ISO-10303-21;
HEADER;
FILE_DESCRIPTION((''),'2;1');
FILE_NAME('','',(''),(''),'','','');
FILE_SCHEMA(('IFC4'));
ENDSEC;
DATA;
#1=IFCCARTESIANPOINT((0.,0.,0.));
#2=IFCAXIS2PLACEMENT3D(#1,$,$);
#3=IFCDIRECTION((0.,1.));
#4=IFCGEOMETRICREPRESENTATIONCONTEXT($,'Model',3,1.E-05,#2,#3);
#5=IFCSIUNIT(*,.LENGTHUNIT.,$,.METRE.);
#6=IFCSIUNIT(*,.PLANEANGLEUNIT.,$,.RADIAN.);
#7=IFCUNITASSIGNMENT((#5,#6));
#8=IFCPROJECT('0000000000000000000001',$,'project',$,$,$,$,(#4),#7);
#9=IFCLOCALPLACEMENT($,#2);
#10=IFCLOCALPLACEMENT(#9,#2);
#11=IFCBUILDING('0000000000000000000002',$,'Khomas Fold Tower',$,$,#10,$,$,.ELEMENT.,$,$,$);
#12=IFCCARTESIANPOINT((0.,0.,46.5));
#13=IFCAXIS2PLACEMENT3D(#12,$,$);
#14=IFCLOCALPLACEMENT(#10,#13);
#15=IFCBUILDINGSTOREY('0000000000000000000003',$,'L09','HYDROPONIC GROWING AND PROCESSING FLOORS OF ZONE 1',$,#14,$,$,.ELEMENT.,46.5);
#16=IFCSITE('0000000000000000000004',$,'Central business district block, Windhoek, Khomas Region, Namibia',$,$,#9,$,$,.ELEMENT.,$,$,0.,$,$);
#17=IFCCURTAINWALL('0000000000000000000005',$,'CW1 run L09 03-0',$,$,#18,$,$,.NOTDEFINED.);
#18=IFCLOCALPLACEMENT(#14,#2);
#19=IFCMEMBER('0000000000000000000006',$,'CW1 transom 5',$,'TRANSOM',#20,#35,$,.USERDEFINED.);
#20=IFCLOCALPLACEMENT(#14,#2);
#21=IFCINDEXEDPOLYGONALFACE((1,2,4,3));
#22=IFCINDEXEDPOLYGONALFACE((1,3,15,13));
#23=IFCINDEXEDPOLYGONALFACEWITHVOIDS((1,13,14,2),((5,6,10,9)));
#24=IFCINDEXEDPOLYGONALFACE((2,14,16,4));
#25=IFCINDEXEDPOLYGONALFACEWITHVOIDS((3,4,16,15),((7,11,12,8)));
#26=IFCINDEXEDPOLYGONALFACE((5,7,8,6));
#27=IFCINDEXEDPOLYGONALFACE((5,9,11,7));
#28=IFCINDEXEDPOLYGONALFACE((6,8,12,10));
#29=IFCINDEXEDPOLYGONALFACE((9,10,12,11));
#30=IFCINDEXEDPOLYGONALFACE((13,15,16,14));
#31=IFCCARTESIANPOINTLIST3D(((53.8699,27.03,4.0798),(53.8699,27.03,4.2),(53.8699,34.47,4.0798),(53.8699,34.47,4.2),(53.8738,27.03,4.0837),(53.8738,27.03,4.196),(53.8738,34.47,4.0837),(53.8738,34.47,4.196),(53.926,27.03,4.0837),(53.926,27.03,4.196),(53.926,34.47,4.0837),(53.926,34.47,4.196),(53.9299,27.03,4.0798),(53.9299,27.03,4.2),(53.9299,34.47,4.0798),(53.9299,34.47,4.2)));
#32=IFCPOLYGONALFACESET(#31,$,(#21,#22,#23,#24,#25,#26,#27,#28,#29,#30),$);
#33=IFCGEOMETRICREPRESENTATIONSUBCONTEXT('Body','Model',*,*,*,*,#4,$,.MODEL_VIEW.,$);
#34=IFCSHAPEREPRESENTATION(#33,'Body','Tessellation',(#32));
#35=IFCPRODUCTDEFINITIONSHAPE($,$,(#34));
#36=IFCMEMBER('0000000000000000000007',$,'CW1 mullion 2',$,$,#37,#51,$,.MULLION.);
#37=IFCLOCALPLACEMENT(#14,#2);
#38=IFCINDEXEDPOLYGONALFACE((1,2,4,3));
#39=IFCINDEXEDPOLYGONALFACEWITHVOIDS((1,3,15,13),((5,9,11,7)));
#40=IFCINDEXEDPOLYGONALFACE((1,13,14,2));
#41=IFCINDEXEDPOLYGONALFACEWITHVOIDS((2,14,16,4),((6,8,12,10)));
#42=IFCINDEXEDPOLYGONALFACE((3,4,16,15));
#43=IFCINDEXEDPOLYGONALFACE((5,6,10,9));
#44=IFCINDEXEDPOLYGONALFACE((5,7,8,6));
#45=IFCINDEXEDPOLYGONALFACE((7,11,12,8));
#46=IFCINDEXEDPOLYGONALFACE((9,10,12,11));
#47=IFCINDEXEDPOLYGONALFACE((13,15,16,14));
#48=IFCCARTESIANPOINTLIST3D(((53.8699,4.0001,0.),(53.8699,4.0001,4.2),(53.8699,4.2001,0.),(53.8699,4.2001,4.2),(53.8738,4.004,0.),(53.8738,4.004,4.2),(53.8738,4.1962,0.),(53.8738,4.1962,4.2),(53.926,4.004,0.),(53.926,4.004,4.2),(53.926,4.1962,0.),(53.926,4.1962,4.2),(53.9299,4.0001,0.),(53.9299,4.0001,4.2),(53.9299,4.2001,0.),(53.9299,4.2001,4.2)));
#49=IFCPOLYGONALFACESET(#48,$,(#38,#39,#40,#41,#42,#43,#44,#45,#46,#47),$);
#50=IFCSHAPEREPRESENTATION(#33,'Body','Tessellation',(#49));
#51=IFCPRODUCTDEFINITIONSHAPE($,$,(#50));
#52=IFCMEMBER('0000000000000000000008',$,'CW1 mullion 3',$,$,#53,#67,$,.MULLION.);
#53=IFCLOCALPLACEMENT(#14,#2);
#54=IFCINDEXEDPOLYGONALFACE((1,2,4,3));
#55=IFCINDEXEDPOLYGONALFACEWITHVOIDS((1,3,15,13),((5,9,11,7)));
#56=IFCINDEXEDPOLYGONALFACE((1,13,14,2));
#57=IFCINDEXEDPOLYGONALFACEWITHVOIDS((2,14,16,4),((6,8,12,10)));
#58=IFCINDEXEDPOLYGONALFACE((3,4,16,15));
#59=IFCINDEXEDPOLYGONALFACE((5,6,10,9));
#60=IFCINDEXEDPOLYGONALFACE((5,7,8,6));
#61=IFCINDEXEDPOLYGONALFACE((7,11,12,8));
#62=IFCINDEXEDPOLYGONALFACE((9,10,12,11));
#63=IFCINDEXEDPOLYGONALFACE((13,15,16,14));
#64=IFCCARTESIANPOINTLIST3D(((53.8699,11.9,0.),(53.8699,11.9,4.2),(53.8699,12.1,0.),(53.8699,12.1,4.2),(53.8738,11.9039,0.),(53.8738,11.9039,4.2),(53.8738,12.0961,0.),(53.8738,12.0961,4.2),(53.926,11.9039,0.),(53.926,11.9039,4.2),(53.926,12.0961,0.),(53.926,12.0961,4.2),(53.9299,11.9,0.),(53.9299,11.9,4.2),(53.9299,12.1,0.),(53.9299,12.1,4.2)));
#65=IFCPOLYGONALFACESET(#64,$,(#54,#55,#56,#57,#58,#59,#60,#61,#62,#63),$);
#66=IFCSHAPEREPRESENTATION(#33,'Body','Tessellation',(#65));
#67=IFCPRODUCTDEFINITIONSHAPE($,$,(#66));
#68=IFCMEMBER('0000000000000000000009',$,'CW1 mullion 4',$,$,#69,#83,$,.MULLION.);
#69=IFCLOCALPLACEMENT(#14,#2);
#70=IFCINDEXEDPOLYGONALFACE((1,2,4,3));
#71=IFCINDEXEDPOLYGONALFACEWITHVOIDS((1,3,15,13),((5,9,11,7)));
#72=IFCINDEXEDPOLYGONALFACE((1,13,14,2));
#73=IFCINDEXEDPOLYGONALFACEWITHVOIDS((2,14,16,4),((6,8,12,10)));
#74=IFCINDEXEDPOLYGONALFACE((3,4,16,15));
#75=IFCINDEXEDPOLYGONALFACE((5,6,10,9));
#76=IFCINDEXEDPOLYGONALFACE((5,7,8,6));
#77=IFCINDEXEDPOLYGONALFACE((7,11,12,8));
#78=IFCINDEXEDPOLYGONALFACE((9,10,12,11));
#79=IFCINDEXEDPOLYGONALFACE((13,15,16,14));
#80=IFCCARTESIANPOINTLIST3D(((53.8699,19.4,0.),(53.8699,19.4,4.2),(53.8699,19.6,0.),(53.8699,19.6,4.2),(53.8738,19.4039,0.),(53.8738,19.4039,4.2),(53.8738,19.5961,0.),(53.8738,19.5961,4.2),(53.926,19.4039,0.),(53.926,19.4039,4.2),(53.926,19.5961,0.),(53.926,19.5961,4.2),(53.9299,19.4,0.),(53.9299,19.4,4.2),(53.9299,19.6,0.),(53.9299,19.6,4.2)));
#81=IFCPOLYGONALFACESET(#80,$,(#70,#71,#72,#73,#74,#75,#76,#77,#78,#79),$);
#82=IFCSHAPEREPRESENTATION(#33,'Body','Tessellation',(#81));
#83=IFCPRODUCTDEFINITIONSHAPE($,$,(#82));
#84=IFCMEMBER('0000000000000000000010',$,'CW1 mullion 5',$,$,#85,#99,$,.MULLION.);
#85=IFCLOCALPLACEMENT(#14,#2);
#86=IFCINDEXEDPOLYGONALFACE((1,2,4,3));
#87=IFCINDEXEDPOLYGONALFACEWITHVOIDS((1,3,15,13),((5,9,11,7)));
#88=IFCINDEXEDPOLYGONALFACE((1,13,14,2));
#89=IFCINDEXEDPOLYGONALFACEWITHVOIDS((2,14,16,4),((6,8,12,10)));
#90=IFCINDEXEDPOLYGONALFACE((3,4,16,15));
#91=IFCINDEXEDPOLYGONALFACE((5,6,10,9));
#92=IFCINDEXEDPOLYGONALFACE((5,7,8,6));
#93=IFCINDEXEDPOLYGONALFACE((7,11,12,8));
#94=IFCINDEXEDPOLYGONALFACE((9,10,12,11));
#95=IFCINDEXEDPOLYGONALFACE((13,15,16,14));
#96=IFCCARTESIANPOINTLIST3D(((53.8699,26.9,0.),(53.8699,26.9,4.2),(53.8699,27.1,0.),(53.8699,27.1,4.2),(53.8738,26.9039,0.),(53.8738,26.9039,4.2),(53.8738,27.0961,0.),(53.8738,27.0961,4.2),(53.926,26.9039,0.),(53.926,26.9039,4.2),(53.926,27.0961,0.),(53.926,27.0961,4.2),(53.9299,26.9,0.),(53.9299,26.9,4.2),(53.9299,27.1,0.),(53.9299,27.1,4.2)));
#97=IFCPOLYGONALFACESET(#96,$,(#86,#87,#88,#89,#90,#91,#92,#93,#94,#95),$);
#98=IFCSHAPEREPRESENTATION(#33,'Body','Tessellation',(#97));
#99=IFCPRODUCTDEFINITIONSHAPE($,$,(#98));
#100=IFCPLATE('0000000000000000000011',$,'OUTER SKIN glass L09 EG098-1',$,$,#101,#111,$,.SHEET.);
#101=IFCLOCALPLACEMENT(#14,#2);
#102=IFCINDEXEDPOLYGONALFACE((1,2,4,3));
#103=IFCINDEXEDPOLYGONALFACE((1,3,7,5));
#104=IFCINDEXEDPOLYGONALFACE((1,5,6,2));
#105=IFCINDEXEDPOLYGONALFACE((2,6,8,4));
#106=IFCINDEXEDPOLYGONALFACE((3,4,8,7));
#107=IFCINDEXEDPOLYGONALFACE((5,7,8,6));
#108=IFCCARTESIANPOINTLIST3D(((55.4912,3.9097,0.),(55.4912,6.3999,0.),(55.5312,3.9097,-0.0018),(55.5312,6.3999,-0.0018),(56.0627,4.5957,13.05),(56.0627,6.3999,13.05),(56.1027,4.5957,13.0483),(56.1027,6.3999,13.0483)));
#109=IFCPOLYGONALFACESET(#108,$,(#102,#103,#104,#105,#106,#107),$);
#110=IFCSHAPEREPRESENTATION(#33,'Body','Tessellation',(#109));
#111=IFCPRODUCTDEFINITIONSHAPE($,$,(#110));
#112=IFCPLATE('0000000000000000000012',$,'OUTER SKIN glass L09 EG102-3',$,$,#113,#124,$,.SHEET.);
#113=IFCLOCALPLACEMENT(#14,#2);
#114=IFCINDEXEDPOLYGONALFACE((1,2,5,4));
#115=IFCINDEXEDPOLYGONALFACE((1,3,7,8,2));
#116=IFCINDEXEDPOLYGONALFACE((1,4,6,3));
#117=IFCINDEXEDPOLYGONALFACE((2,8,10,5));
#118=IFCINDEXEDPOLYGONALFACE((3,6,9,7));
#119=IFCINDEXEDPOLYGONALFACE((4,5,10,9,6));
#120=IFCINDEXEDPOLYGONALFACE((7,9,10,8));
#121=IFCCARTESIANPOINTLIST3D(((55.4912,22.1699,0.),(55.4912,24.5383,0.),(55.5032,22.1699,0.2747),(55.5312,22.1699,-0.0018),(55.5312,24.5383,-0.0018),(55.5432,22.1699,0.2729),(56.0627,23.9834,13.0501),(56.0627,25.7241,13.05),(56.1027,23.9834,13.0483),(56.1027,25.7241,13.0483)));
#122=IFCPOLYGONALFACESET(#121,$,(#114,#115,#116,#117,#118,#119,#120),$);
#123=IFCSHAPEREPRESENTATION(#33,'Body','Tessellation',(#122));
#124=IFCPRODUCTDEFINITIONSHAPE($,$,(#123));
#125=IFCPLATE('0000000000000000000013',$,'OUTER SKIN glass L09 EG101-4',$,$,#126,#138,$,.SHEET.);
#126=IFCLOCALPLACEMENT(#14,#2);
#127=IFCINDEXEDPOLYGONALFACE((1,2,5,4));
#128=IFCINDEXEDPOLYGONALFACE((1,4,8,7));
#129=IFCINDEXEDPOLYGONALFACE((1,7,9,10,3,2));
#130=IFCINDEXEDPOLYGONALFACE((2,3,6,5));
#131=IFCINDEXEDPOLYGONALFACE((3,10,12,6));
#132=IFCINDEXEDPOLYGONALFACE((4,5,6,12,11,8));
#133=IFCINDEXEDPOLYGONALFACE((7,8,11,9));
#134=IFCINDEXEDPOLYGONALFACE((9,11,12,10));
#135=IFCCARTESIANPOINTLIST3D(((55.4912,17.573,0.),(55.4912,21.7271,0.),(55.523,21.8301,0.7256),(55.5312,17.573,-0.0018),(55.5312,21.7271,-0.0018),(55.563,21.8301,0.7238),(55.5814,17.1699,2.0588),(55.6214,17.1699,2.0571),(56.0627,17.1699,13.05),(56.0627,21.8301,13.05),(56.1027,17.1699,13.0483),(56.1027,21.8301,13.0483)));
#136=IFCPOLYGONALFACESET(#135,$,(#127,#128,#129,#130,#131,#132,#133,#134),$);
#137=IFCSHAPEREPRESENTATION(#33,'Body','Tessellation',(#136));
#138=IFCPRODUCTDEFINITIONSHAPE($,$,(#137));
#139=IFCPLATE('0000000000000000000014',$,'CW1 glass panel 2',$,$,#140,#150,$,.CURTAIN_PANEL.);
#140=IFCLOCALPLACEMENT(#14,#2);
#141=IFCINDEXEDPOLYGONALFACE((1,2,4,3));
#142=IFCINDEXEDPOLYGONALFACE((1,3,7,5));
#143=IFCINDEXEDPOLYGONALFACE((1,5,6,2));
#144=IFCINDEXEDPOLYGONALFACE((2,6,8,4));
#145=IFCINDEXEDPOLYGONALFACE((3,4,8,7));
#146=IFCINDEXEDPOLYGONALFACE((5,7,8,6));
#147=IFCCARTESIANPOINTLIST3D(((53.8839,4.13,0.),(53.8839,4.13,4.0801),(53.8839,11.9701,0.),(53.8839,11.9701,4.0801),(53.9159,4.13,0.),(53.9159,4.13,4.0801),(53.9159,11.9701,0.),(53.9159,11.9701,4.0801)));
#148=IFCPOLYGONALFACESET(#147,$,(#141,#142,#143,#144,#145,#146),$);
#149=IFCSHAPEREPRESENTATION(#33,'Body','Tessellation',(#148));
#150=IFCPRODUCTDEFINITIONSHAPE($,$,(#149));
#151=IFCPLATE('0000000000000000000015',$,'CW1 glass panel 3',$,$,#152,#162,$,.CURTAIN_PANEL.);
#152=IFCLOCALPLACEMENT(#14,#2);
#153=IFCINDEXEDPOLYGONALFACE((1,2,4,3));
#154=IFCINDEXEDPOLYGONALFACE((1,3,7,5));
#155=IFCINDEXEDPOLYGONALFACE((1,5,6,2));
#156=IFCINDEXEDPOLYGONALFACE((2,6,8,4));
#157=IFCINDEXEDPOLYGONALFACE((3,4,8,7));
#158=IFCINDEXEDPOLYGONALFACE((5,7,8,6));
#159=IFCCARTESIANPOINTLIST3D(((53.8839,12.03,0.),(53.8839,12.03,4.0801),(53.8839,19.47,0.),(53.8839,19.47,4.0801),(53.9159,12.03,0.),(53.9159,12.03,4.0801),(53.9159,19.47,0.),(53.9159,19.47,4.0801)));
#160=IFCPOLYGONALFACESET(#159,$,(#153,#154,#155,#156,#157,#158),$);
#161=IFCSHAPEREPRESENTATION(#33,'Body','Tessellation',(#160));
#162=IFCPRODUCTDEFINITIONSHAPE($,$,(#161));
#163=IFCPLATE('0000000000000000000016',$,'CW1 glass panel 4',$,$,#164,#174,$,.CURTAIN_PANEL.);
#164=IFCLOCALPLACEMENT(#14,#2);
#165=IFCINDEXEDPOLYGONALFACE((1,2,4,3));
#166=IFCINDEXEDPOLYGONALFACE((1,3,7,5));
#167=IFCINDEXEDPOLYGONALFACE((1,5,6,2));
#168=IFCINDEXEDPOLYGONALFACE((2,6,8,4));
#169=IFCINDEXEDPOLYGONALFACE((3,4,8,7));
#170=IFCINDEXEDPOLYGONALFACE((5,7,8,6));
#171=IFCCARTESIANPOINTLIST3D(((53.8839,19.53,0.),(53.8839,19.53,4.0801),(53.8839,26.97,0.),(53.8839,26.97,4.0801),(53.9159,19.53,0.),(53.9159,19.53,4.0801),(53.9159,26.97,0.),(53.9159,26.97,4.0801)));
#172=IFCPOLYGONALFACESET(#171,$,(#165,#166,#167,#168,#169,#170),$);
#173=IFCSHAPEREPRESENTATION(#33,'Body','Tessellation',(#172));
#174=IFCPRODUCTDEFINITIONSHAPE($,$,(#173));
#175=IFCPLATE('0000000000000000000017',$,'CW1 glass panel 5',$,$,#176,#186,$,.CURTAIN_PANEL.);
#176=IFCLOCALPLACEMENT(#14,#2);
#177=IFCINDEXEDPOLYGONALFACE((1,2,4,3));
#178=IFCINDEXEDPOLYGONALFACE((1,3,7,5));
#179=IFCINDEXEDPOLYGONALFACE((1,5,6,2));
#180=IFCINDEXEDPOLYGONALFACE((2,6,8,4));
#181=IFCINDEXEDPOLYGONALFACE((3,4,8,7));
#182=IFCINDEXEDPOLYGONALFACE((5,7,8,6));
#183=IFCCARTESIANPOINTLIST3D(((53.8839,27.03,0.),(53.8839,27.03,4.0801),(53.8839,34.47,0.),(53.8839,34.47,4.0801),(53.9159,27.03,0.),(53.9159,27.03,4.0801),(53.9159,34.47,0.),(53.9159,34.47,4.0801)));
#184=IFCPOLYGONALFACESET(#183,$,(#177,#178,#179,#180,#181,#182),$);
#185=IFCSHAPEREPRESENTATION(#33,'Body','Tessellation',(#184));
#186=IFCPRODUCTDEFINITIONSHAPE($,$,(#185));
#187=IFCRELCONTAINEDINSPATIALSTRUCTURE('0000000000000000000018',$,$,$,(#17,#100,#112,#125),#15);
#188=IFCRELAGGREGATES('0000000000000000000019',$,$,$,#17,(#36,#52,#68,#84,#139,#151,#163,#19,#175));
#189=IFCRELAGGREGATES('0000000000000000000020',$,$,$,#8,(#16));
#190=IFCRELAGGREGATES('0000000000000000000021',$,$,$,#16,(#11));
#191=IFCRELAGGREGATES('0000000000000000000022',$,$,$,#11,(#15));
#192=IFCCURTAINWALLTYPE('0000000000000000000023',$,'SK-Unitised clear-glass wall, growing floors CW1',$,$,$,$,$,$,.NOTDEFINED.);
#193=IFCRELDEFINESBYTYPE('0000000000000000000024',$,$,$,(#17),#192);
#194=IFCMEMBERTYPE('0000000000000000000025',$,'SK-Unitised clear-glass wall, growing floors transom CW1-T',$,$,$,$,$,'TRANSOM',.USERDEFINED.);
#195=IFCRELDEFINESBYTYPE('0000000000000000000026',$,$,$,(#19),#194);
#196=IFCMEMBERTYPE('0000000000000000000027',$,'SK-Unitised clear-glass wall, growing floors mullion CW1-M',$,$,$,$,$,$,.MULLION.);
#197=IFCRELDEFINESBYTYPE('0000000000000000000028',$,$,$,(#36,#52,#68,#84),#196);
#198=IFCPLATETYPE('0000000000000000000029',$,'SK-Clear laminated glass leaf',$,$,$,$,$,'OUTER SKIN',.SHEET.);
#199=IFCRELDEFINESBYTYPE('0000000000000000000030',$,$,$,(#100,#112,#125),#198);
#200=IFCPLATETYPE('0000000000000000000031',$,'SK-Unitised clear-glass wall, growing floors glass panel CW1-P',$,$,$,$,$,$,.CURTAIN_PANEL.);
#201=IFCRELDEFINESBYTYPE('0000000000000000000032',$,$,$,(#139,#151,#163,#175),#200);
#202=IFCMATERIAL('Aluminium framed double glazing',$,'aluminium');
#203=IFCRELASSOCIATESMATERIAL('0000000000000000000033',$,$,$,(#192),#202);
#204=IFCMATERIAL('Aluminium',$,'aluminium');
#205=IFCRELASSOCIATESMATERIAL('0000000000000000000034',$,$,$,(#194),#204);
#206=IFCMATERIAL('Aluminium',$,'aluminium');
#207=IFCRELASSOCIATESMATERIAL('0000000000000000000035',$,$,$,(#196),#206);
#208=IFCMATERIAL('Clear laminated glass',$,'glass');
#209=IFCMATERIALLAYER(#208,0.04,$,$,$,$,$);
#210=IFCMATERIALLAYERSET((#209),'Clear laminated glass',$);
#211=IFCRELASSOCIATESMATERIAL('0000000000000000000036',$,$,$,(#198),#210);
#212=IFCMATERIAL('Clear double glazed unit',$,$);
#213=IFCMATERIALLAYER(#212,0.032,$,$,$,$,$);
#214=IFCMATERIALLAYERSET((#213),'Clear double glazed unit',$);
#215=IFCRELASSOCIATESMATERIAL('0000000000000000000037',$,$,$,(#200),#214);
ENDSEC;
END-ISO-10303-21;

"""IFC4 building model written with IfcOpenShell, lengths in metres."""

from ifc_helpers import new_model, si_unit, direction, frame, origin, origin_2d, place, context, subcontext, project, spatial, polyline, rectangle, hollow_rectangle, outline, extrude, source, transform, mapped, material, layer, layer_set, material_profile, profile_set, type_object, element, aggregate, save


model = new_model("IFC4")

# Units and contexts
model_context = context("Model", 3, precision=1e-05, world=origin(), true_north=direction((0.0, 1.0)))
body_context = subcontext(model_context, "Body", "Model", "MODEL_VIEW")
ifc_project = project(units=[si_unit("LENGTHUNIT", "METRE"), si_unit("PLANEANGLEUNIT", "RADIAN")], contexts=[model_context])

# Site, building, storey
site_placement = place(None, origin())
site = spatial("IfcSite", under=ifc_project, at=site_placement, Name="Central business district block, Windhoek, Khomas Region, Namibia", CompositionType="ELEMENT", RefElevation=0.0)
building_placement = place(site_placement, origin())
building = spatial("IfcBuilding", under=site, at=building_placement, Name="Khomas Fold Tower", CompositionType="ELEMENT")
storey_placement = place(building_placement, frame((0.0, 0.0, 46.5)))
storey = spatial("IfcBuildingStorey", under=building, at=storey_placement, Name="L09", Description="HYDROPONIC GROWING AND PROCESSING FLOORS OF ZONE 1", CompositionType="ELEMENT", Elevation=46.5)

# Curtain wall, members
ifc_material_1 = material(Name="Aluminium framed double glazing", Category="aluminium")
curtain_wall_type = type_object("IfcCurtainWallType", Name="SK-Unitised clear-glass wall, growing floors CW1", PredefinedType="NOTDEFINED", material=ifc_material_1)
curtain_wall_placement = place(storey_placement, origin())
curtain_wall = element("IfcCurtainWall", 1, at=curtain_wall_placement, inside=storey, type_object=curtain_wall_type, Name="CW1 run L09 03-0", PredefinedType="NOTDEFINED")
ifc_material_2 = material(Name="Aluminium", Category="aluminium")
ifc_material_profile_1 = material_profile(ifc_material_2, hollow_rectangle(XDim=0.0601, YDim=0.1201, WallThickness=0.0039, at=origin_2d()), Name="SK-Unitised clear-glass wall, growing floors transom CW1-T")
ifc_profile_set_1 = profile_set([ifc_material_profile_1], Name="Aluminium")
member_type_1 = type_object("IfcMemberType", Name="SK-Unitised clear-glass wall, growing floors transom CW1-T", ElementType="TRANSOM", PredefinedType="USERDEFINED", material=ifc_profile_set_1)
shared_shape_1 = source(origin(), body_context, "Body", "SweptSolid", [
    extrude(hollow_rectangle(XDim=0.0601, YDim=0.1201, WallThickness=0.0039, at=origin_2d()), origin(), (0.0, 0.0, 1.0), 7.4399),
])
member_1_placement = place(storey_placement, frame((53.8999, 27.03, 4.1399), z_axis=(0.0, 1.0, 0.0), x_axis=(-1.0, 0.0, 0.0)))
member_1 = element("IfcMember", 2, at=member_1_placement, type_object=member_type_1, Name="CW1 transom 5", ObjectType="TRANSOM", PredefinedType="USERDEFINED", context=body_context, shape_type="MappedRepresentation", body=[
    mapped(shared_shape_1, transform((0.0, 0.0, 0.0))),
])
ifc_material_3 = material(Name="Aluminium", Category="aluminium")
ifc_material_profile_2 = material_profile(ifc_material_3, hollow_rectangle(XDim=0.0601, YDim=0.2, WallThickness=0.0039, at=origin_2d()), Name="SK-Unitised clear-glass wall, growing floors mullion CW1-M")
ifc_profile_set_2 = profile_set([ifc_material_profile_2], Name="Aluminium")
member_type_2 = type_object("IfcMemberType", Name="SK-Unitised clear-glass wall, growing floors mullion CW1-M", PredefinedType="MULLION", material=ifc_profile_set_2)
shared_shape_2 = source(origin(), body_context, "Body", "SweptSolid", [
    extrude(hollow_rectangle(XDim=0.0601, YDim=0.2, WallThickness=0.0039, at=origin_2d()), origin(), (0.0, 0.0, 1.0), 4.2),
])
member_2_placement = place(storey_placement, frame((53.8999, 4.1001, 0.0), z_axis=(0.0, 0.0, 1.0), x_axis=(-1.0, 0.0, 0.0)))
member_2 = element("IfcMember", 3, at=member_2_placement, type_object=member_type_2, Name="CW1 mullion 2", PredefinedType="MULLION", context=body_context, shape_type="MappedRepresentation", body=[
    mapped(shared_shape_2, transform((0.0, 0.0, 0.0))),
])
member_3_placement = place(storey_placement, frame((53.8999, 12.0, 0.0), z_axis=(0.0, 0.0, 1.0), x_axis=(-1.0, 0.0, 0.0)))
member_3 = element("IfcMember", 4, at=member_3_placement, type_object=member_type_2, Name="CW1 mullion 3", PredefinedType="MULLION", context=body_context, shape_type="MappedRepresentation", body=[
    mapped(shared_shape_2, transform((0.0, 0.0, 0.0))),
])
member_4_placement = place(storey_placement, frame((53.8999, 19.5, 0.0), z_axis=(0.0, 0.0, 1.0), x_axis=(-1.0, 0.0, 0.0)))
member_4 = element("IfcMember", 5, at=member_4_placement, type_object=member_type_2, Name="CW1 mullion 4", PredefinedType="MULLION", context=body_context, shape_type="MappedRepresentation", body=[
    mapped(shared_shape_2, transform((0.0, 0.0, 0.0))),
])
member_5_placement = place(storey_placement, frame((53.8999, 27.0, 0.0), z_axis=(0.0, 0.0, 1.0), x_axis=(-1.0, 0.0, 0.0)))
member_5 = element("IfcMember", 6, at=member_5_placement, type_object=member_type_2, Name="CW1 mullion 5", PredefinedType="MULLION", context=body_context, shape_type="MappedRepresentation", body=[
    mapped(shared_shape_2, transform((0.0, 0.0, 0.0))),
])

# Plates
ifc_material_4 = material(Name="Clear laminated glass", Category="glass")
ifc_layer_1 = layer(ifc_material_4, 0.04)
ifc_layer_set_1 = layer_set([ifc_layer_1], Name="Clear laminated glass")
plate_type_1 = type_object("IfcPlateType", Name="SK-Clear laminated glass leaf", ElementType="OUTER SKIN", PredefinedType="SHEET", material=ifc_layer_set_1)
plate_1_placement = place(storey_placement, frame((55.4912, 6.3999, 0.0), z_axis=(-0.999042, 0.0, 0.043754), x_axis=(0.0, -1.0, 0.0)))
element("IfcPlate", 7, at=plate_1_placement, inside=storey, type_object=plate_type_1, Name="OUTER SKIN glass L09 EG098-1", PredefinedType="SHEET", context=body_context, shape_type="SweptSolid", body=[
    extrude(outline(polyline([(0.0, 0.0), (2.4902, 0.0), (1.8042, 13.0626), (0.0, 13.0626), (0.0, 0.0)])), origin(), (0.0, 0.0, -1.0), 0.04),
])
plate_2_placement = place(storey_placement, frame((55.4912, 24.5383, 0.0), z_axis=(-0.999042, 0.000016, 0.043751), x_axis=(-0.000016, -1.0, 0.000001)))
element("IfcPlate", 8, at=plate_2_placement, inside=storey, type_object=plate_type_1, Name="OUTER SKIN glass L09 EG102-3", PredefinedType="SHEET", context=body_context, shape_type="SweptSolid", body=[
    extrude(outline(polyline([(0.0, 0.0), (2.3684, 0.0), (2.3684, 0.2749), (0.5549, 13.0626), (-1.1858, 13.0626), (0.0, 0.0)])), origin(), (0.0, 0.0, -1.0), 0.04),
])
plate_3_placement = place(storey_placement, frame((55.4912, 21.7271, 0.0), z_axis=(-0.999042, 0.000004, 0.043754), x_axis=(-0.000004, -1.0, 0.0)))
element("IfcPlate", 9, at=plate_3_placement, inside=storey, type_object=plate_type_1, Name="OUTER SKIN glass L09 EG101-4", PredefinedType="SHEET", context=body_context, shape_type="SweptSolid", body=[
    extrude(outline(polyline([(0.0, 0.0), (4.1541, 0.0), (4.5571, 2.0608), (4.5571, 13.0626), (-0.103, 13.0626), (-0.103, 0.7263), (0.0, 0.0)])), origin(), (0.0, 0.0, -1.0), 0.04),
])

# Plates
ifc_material_5 = material(Name="Clear double glazed unit")
ifc_layer_2 = layer(ifc_material_5, 0.032)
ifc_layer_set_2 = layer_set([ifc_layer_2], Name="Clear double glazed unit")
plate_type_2 = type_object("IfcPlateType", Name="SK-Unitised clear-glass wall, growing floors glass panel CW1-P", PredefinedType="CURTAIN_PANEL", material=ifc_layer_set_2)
shared_shape_3 = source(origin(), body_context, "Body", "SweptSolid", [
    extrude(rectangle(XDim=7.8401, YDim=0.032, at=origin_2d()), origin(), (0.0, 0.0, 1.0), 4.0801),
])
plate_4_placement = place(storey_placement, frame((53.8999, 8.05, 0.0), z_axis=(0.0, 0.0, 1.0), x_axis=(0.0, 1.0, 0.0)))
plate_4 = element("IfcPlate", 10, at=plate_4_placement, type_object=plate_type_2, Name="CW1 glass panel 2", PredefinedType="CURTAIN_PANEL", context=body_context, shape_type="MappedRepresentation", body=[
    mapped(shared_shape_3, transform((0.0, 0.0, 0.0))),
])
shared_shape_4 = source(origin(), body_context, "Body", "SweptSolid", [
    extrude(rectangle(XDim=7.4399, YDim=0.032, at=origin_2d()), origin(), (0.0, 0.0, 1.0), 4.0801),
])
plate_5_placement = place(storey_placement, frame((53.8999, 15.75, 0.0), z_axis=(0.0, 0.0, 1.0), x_axis=(0.0, 1.0, 0.0)))
plate_5 = element("IfcPlate", 11, at=plate_5_placement, type_object=plate_type_2, Name="CW1 glass panel 3", PredefinedType="CURTAIN_PANEL", context=body_context, shape_type="MappedRepresentation", body=[
    mapped(shared_shape_4, transform((0.0, 0.0, 0.0))),
])
plate_6_placement = place(storey_placement, frame((53.8999, 23.25, 0.0), z_axis=(0.0, 0.0, 1.0), x_axis=(0.0, 1.0, 0.0)))
plate_6 = element("IfcPlate", 12, at=plate_6_placement, type_object=plate_type_2, Name="CW1 glass panel 4", PredefinedType="CURTAIN_PANEL", context=body_context, shape_type="MappedRepresentation", body=[
    mapped(shared_shape_4, transform((0.0, 0.0, 0.0))),
])
plate_7_placement = place(storey_placement, frame((53.8999, 30.75, 0.0), z_axis=(0.0, 0.0, 1.0), x_axis=(0.0, 1.0, 0.0)))
plate_7 = element("IfcPlate", 13, at=plate_7_placement, type_object=plate_type_2, Name="CW1 glass panel 5", PredefinedType="CURTAIN_PANEL", context=body_context, shape_type="MappedRepresentation", body=[
    mapped(shared_shape_4, transform((0.0, 0.0, 0.0))),
])
aggregate(curtain_wall, [member_2, member_3, member_4, member_5, plate_4, plate_5, plate_6, member_1, plate_7])

save(model, "model.ifc")
